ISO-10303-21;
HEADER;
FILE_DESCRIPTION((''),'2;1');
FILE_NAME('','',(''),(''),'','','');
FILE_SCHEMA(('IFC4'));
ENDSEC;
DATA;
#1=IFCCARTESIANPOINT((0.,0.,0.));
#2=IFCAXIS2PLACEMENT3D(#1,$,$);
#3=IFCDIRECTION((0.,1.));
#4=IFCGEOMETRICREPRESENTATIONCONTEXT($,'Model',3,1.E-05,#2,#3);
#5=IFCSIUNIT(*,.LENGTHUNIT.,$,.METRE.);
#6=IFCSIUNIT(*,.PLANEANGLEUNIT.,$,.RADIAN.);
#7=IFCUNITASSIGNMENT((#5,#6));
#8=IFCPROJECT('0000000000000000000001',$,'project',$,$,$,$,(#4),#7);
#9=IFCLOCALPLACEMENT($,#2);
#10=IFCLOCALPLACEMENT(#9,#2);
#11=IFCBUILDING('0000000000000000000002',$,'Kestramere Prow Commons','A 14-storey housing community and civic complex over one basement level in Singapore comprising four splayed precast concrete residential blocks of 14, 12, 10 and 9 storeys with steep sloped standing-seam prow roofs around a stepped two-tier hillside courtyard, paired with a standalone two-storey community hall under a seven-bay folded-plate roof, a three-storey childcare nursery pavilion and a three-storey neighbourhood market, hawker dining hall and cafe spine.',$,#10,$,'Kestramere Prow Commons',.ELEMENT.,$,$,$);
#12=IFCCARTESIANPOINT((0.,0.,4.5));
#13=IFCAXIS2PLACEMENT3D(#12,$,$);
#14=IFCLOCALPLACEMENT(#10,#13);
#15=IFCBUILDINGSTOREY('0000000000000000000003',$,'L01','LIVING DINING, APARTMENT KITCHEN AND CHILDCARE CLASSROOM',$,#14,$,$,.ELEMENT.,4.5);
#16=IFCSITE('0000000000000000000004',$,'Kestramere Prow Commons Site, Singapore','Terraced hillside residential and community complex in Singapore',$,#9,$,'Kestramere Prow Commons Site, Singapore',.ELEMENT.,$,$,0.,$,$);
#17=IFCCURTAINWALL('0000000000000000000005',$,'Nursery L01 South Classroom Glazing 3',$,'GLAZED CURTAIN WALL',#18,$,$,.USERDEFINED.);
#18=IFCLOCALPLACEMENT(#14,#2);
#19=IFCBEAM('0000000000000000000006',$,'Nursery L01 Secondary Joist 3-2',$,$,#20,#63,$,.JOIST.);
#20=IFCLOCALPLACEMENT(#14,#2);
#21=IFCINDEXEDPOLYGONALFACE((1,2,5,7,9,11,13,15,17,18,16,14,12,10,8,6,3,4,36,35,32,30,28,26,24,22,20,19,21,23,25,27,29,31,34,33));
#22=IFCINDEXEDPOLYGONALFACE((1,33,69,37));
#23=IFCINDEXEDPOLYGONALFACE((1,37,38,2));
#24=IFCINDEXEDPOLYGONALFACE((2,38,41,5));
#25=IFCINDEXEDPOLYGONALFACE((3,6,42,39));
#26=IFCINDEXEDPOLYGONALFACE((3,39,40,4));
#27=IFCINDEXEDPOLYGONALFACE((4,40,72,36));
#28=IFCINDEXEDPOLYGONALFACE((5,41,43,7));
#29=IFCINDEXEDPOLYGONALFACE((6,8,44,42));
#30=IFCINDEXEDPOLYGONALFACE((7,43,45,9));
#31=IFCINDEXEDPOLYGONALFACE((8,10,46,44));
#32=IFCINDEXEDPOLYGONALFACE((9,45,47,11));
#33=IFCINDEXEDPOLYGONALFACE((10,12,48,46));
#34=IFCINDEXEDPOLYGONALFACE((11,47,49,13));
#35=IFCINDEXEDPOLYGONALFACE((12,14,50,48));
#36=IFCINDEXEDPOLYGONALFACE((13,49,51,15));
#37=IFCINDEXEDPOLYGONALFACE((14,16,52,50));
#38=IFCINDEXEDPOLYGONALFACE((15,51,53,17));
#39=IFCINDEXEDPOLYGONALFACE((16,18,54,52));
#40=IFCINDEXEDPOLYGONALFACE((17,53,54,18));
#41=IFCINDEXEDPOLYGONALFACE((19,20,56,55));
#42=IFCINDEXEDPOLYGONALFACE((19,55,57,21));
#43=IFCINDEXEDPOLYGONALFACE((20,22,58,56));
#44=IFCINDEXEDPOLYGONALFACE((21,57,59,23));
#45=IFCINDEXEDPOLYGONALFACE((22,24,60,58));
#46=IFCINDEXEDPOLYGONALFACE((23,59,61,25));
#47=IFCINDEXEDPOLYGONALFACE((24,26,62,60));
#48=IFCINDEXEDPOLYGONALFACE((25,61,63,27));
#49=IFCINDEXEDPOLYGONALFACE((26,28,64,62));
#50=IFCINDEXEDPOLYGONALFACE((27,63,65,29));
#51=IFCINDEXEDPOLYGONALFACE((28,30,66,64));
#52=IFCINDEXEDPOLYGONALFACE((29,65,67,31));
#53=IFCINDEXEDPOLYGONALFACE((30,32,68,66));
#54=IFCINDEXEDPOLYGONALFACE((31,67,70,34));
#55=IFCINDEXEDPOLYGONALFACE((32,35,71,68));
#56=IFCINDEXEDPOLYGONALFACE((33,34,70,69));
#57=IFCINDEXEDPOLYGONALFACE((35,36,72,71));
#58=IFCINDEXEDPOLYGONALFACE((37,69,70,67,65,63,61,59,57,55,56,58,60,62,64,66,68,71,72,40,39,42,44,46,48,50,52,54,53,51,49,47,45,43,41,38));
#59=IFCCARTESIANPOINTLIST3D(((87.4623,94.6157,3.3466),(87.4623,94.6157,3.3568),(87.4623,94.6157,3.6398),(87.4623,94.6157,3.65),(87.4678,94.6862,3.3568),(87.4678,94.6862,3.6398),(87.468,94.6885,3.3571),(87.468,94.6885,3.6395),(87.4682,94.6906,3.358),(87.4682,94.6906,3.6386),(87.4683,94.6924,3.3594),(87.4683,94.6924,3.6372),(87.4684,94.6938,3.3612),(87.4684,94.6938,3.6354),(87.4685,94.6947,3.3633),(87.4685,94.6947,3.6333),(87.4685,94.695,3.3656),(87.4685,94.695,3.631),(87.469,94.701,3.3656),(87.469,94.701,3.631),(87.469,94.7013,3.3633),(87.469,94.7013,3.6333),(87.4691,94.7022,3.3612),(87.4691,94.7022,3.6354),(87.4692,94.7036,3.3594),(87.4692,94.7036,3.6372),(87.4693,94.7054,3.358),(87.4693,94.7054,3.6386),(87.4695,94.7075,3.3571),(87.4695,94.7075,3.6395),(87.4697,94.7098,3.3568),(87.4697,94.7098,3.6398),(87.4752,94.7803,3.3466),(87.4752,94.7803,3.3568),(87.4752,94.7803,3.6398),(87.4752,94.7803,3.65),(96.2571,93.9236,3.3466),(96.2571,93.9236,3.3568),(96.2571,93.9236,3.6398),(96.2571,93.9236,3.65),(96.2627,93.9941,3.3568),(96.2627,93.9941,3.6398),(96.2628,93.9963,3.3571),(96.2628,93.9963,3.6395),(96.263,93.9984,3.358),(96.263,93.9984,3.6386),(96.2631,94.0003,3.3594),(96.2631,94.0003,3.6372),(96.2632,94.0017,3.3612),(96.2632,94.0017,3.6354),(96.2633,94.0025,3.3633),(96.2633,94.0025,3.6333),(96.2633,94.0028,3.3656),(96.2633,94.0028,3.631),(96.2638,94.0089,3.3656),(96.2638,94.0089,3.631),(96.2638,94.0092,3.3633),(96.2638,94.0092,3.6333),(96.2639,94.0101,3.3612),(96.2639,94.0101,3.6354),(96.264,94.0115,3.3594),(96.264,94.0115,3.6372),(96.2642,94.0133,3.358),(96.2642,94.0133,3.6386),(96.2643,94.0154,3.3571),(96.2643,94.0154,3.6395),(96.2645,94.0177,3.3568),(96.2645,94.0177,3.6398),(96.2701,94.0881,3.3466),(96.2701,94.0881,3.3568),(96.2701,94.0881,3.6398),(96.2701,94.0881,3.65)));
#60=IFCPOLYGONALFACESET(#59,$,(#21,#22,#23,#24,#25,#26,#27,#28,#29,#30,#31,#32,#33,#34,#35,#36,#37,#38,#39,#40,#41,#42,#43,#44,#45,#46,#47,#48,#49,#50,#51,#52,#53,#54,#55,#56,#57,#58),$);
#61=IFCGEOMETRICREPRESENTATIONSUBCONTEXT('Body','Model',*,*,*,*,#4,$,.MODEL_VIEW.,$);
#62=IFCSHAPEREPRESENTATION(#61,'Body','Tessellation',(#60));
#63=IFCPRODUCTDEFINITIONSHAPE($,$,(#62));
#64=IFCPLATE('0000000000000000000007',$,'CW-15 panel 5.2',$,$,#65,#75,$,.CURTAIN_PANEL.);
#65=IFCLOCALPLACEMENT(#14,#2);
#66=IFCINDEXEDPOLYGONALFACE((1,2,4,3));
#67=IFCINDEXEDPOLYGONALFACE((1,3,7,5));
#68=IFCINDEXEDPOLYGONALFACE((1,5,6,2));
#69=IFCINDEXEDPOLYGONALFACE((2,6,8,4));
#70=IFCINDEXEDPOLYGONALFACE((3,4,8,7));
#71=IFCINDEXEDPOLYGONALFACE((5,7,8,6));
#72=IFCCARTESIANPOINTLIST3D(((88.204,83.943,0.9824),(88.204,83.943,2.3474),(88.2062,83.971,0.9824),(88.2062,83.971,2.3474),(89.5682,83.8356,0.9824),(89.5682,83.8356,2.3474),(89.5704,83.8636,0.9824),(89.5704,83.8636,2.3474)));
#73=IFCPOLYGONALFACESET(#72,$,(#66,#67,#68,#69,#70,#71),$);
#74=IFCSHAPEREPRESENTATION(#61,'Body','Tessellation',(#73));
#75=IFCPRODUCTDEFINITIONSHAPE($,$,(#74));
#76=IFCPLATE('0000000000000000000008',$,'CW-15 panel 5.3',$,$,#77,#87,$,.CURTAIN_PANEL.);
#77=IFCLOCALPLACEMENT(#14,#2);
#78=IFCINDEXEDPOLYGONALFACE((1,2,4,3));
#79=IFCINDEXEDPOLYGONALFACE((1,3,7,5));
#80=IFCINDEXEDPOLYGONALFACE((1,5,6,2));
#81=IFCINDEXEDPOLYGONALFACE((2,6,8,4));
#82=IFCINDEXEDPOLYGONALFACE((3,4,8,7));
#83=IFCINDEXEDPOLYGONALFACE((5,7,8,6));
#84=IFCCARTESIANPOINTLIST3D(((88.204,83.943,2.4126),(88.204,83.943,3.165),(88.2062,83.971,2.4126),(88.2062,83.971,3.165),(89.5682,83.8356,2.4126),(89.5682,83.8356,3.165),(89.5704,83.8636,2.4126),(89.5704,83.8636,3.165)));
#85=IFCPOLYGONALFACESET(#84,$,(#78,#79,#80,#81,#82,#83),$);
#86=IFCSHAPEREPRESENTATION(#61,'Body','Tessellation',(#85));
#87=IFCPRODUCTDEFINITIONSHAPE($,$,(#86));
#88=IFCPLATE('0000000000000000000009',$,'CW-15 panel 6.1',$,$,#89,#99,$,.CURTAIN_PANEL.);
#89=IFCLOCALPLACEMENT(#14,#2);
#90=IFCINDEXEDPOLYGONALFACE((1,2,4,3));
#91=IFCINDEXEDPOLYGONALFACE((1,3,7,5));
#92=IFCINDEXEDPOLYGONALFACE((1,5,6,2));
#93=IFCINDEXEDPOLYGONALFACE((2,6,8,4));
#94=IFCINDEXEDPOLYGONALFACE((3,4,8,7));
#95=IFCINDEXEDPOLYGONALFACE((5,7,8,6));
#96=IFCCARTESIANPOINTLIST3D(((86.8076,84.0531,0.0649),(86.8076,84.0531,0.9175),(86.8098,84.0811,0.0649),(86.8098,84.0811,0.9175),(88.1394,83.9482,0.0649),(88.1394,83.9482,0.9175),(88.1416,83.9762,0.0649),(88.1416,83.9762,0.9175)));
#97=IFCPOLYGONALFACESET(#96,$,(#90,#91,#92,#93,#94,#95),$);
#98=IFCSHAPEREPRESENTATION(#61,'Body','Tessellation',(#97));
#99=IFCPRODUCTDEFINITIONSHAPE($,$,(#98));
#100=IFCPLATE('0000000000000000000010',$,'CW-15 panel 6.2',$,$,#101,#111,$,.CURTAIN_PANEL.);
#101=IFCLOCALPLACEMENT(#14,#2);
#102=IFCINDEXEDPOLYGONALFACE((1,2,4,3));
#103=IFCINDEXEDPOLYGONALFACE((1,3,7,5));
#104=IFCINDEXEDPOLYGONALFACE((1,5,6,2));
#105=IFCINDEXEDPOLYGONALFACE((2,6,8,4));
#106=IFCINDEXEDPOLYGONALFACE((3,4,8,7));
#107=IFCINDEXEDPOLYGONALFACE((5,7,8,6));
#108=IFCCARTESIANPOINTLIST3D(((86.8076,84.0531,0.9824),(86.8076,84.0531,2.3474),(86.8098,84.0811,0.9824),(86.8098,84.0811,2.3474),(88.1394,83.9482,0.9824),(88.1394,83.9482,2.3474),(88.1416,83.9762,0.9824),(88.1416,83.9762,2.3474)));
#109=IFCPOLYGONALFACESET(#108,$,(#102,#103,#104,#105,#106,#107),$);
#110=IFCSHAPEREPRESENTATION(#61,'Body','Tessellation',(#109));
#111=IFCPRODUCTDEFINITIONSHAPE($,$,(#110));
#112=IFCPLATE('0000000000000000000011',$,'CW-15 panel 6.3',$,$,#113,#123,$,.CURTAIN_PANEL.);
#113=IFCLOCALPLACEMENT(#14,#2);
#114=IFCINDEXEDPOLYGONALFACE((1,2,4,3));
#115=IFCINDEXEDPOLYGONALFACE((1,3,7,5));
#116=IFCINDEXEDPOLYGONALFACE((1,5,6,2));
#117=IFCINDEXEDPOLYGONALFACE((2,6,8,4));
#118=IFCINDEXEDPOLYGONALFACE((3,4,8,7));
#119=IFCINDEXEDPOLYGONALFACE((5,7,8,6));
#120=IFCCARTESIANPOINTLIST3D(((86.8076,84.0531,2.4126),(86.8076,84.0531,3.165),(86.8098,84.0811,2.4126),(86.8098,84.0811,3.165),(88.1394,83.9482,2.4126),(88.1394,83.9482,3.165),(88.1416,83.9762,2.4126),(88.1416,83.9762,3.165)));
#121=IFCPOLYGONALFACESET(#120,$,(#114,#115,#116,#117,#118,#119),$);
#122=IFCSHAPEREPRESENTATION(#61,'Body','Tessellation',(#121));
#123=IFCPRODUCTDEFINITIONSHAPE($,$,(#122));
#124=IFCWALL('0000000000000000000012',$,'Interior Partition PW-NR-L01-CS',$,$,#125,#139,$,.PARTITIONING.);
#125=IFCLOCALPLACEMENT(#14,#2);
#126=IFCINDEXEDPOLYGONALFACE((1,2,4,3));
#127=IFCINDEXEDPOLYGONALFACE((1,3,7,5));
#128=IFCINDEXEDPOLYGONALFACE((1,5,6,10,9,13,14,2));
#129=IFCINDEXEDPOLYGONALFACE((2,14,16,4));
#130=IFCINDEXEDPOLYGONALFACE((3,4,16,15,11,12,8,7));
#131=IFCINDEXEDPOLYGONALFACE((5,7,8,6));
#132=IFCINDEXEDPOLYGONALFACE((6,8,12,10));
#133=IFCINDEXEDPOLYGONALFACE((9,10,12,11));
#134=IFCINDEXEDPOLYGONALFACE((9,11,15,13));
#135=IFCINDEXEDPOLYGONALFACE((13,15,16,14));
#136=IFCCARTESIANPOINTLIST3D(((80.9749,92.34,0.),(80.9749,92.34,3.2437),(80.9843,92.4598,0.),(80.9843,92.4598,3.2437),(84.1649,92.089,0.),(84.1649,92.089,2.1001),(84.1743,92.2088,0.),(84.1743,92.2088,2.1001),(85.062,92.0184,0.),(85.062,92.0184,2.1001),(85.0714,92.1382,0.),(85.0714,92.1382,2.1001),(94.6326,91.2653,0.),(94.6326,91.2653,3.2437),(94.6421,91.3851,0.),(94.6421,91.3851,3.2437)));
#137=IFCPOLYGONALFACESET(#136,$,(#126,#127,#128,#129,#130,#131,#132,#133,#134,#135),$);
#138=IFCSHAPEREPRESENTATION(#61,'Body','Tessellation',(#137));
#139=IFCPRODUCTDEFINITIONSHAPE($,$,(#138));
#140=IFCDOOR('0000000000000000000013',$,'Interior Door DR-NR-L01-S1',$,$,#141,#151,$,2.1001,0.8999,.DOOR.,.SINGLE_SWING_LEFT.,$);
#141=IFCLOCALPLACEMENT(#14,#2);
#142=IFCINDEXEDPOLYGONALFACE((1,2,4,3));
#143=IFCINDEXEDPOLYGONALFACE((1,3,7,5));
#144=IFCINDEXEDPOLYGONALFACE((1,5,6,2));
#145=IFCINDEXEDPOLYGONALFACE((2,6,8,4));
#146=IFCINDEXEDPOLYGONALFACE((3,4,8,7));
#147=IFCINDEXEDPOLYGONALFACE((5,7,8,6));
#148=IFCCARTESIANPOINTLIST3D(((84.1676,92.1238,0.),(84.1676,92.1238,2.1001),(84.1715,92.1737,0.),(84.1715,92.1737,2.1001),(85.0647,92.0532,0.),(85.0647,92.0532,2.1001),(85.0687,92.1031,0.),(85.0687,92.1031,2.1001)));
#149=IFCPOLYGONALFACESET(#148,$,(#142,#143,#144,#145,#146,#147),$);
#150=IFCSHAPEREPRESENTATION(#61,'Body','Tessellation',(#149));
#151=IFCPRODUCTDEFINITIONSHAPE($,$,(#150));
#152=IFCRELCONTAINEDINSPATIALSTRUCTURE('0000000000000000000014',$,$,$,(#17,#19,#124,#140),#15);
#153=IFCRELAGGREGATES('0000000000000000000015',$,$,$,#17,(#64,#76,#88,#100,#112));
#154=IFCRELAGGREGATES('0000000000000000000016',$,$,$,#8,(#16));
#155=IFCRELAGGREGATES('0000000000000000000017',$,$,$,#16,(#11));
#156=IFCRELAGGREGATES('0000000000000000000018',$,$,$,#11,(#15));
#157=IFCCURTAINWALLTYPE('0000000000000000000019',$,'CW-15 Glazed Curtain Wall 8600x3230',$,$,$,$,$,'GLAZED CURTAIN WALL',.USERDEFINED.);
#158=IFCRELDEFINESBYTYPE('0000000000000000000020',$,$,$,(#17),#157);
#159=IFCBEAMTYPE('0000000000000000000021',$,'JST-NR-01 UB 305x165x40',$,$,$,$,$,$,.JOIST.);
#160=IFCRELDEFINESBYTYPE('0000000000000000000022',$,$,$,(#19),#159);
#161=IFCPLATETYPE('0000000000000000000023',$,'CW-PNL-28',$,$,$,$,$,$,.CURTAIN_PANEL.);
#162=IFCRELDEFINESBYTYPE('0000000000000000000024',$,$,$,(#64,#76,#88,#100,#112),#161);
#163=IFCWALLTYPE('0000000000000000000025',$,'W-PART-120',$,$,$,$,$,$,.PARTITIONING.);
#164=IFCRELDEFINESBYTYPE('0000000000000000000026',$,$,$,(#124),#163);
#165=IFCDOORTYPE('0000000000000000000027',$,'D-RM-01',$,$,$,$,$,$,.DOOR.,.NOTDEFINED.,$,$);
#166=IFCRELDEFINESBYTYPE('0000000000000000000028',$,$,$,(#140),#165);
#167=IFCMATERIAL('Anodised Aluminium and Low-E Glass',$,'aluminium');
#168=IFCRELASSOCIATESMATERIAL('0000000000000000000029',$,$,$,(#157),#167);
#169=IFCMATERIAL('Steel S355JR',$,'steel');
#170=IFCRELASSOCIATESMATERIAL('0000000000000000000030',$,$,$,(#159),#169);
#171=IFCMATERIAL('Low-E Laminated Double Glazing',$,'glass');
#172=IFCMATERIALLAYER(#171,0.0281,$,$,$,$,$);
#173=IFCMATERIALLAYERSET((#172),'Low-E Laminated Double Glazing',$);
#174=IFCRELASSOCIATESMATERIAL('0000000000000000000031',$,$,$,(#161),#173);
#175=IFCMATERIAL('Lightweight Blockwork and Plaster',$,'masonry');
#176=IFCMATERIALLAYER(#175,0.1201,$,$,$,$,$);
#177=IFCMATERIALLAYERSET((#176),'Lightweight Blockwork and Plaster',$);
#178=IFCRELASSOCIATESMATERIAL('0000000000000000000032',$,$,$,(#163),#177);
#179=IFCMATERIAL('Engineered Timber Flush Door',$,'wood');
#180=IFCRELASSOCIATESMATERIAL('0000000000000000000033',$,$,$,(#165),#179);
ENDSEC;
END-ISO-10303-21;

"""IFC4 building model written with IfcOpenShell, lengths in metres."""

from ifc_helpers import new_model, si_unit, direction, frame, frame_2d, origin, origin_2d, place, context, subcontext, project, spatial, rectangle, i_section, extrude, material, layer, layer_set, material_profile, profile_set, type_object, element, fill, aggregate, save


model = new_model("IFC4")

# Units and contexts
model_context = context("Model", 3, precision=1e-05, world=origin(), true_north=direction((0.0, 1.0)))
body_context = subcontext(model_context, "Body", "Model", "MODEL_VIEW")
ifc_project = project(units=[si_unit("LENGTHUNIT", "METRE"), si_unit("PLANEANGLEUNIT", "RADIAN")], contexts=[model_context])

# Site, building, storey
site_placement = place(None, origin())
site = spatial("IfcSite", under=ifc_project, at=site_placement, Name="Kestramere Prow Commons Site, Singapore", Description="Terraced hillside residential and community complex in Singapore", LongName="Kestramere Prow Commons Site, Singapore", CompositionType="ELEMENT", RefElevation=0.0)
building_placement = place(site_placement, origin())
building = spatial("IfcBuilding", under=site, at=building_placement, Name="Kestramere Prow Commons", Description="A 14-storey housing community and civic complex over one basement level in Singapore comprising four splayed precast concrete residential blocks of 14, 12, 10 and 9 storeys with steep sloped standing-seam prow roofs around a stepped two-tier hillside courtyard, paired with a standalone two-storey community hall under a seven-bay folded-plate roof, a three-storey childcare nursery pavilion and a three-storey neighbourhood market, hawker dining hall and cafe spine.", LongName="Kestramere Prow Commons", CompositionType="ELEMENT")
storey_placement = place(building_placement, frame((0.0, 0.0, 4.5)))
storey = spatial("IfcBuildingStorey", under=building, at=storey_placement, Name="L01", Description="LIVING DINING, APARTMENT KITCHEN AND CHILDCARE CLASSROOM", CompositionType="ELEMENT", Elevation=4.5)

# Shared definitions
ifc_material_1 = material(Name="Steel S355JR", Category="steel")

# Curtain wall
ifc_material_2 = material(Name="Anodised Aluminium and Low-E Glass", Category="aluminium")
curtain_wall_type = type_object("IfcCurtainWallType", Name="CW-15 Glazed Curtain Wall 8600x3230", ElementType="GLAZED CURTAIN WALL", PredefinedType="USERDEFINED", material=ifc_material_2)
curtain_wall_placement = place(storey_placement, origin())
curtain_wall = element("IfcCurtainWall", 1, at=curtain_wall_placement, inside=storey, type_object=curtain_wall_type, Name="Nursery L01 South Classroom Glazing 3", ObjectType="GLAZED CURTAIN WALL", PredefinedType="USERDEFINED")

# Beam
ifc_material_profile_1 = material_profile(ifc_material_1, i_section(OverallWidth=0.165, OverallDepth=0.3035, WebThickness=0.0061, FlangeThickness=0.0103, FilletRadius=0.0088, at=origin_2d()), Name="UB 305x165x40")
ifc_profile_set_1 = profile_set([ifc_material_profile_1], Name="Steel S355JR")
beam_type_1 = type_object("IfcBeamType", Name="JST-NR-01 UB 305x165x40", PredefinedType="JOIST", material=ifc_profile_set_1)
beam_1_placement = place(storey_placement, frame((87.4688, 94.698, 3.4983), z_axis=(0.996918, -0.078455, 0.0), x_axis=(0.078455, 0.996918, 0.0)))
element("IfcBeam", 2, at=beam_1_placement, inside=storey, type_object=beam_type_1, Name="Nursery L01 Secondary Joist 3-2", PredefinedType="JOIST", context=body_context, shape_type="SweptSolid", body=[
    extrude(i_section(OverallWidth=0.165, OverallDepth=0.3035, WebThickness=0.0061, FlangeThickness=0.0103, FilletRadius=0.0088, at=origin_2d()), origin(), (0.0, 0.0, 1.0), 8.822),
])

# Plates
ifc_material_3 = material(Name="Low-E Laminated Double Glazing", Category="glass")
ifc_layer_1 = layer(ifc_material_3, 0.0281)
ifc_layer_set_1 = layer_set([ifc_layer_1], Name="Low-E Laminated Double Glazing")
plate_type = type_object("IfcPlateType", Name="CW-PNL-28", PredefinedType="CURTAIN_PANEL", material=ifc_layer_set_1)
plate_1_placement = place(storey_placement, frame((88.8872, 83.9033, 0.9824), z_axis=(0.0, 0.0, 1.0), x_axis=(-0.996917, 0.078459, 0.0)))
plate_1 = element("IfcPlate", 3, at=plate_1_placement, type_object=plate_type, Name="CW-15 panel 5.2", PredefinedType="CURTAIN_PANEL", context=body_context, shape_type="SweptSolid", body=[
    extrude(rectangle(XDim=1.3684, YDim=0.0281, at=origin_2d()), origin(), (0.0, 0.0, 1.0), 1.365),
])
plate_2_placement = place(storey_placement, frame((88.8872, 83.9033, 2.4126), z_axis=(0.0, 0.0, 1.0), x_axis=(-0.996917, 0.078459, 0.0)))
plate_2 = element("IfcPlate", 4, at=plate_2_placement, type_object=plate_type, Name="CW-15 panel 5.3", PredefinedType="CURTAIN_PANEL", context=body_context, shape_type="SweptSolid", body=[
    extrude(rectangle(XDim=1.3684, YDim=0.0281, at=origin_2d()), origin(), (0.0, 0.0, 1.0), 0.7524),
])
plate_3_placement = place(storey_placement, frame((87.4746, 84.0146, 0.0649), z_axis=(0.0, 0.0, 1.0), x_axis=(-0.996917, 0.078459, 0.0)))
plate_3 = element("IfcPlate", 5, at=plate_3_placement, type_object=plate_type, Name="CW-15 panel 6.1", PredefinedType="CURTAIN_PANEL", context=body_context, shape_type="SweptSolid", body=[
    extrude(rectangle(XDim=1.3359, YDim=0.0281, at=origin_2d()), origin(), (0.0, 0.0, 1.0), 0.8525),
])
plate_4_placement = place(storey_placement, frame((87.4746, 84.0146, 0.9824), z_axis=(0.0, 0.0, 1.0), x_axis=(-0.996917, 0.078459, 0.0)))
plate_4 = element("IfcPlate", 6, at=plate_4_placement, type_object=plate_type, Name="CW-15 panel 6.2", PredefinedType="CURTAIN_PANEL", context=body_context, shape_type="SweptSolid", body=[
    extrude(rectangle(XDim=1.3359, YDim=0.0281, at=origin_2d()), origin(), (0.0, 0.0, 1.0), 1.365),
])
plate_5_placement = place(storey_placement, frame((87.4746, 84.0146, 2.4126), z_axis=(0.0, 0.0, 1.0), x_axis=(-0.996917, 0.078459, 0.0)))
plate_5 = element("IfcPlate", 7, at=plate_5_placement, type_object=plate_type, Name="CW-15 panel 6.3", PredefinedType="CURTAIN_PANEL", context=body_context, shape_type="SweptSolid", body=[
    extrude(rectangle(XDim=1.3359, YDim=0.0281, at=origin_2d()), origin(), (0.0, 0.0, 1.0), 0.7524),
])
aggregate(curtain_wall, [plate_1, plate_2, plate_3, plate_4, plate_5])

# Wall, opening, door
ifc_material_4 = material(Name="Lightweight Blockwork and Plaster", Category="masonry")
ifc_layer_2 = layer(ifc_material_4, 0.1201)
ifc_layer_set_2 = layer_set([ifc_layer_2], Name="Lightweight Blockwork and Plaster")
wall_type_1 = type_object("IfcWallType", Name="W-PART-120", PredefinedType="PARTITIONING", material=ifc_layer_set_2)
wall_1_placement = place(storey_placement, frame((80.9795, 92.3999, 0.0), z_axis=(0.0, 0.0, 1.0), x_axis=(0.996918, -0.078446, 0.0)))
wall_1 = element("IfcWall", 8, at=wall_1_placement, inside=storey, type_object=wall_type_1, Name="Interior Partition PW-NR-L01-CS", PredefinedType="PARTITIONING", context=body_context, shape_type="SweptSolid", body=[
    extrude(rectangle(XDim=13.7, YDim=0.1201, at=frame_2d((6.8501, 0.0))), origin(), (0.0, 0.0, 1.0), 3.2437),
])
opening_1_placement = place(wall_1_placement, frame((3.2, 0.0, 0.0)))
opening_1 = element("IfcOpeningElement", 9, at=opening_1_placement, cuts=wall_1, PredefinedType="OPENING", context=body_context, shape_type="SweptSolid", body=[
    extrude(rectangle(XDim=0.8999, YDim=2.1001, at=frame_2d((0.45, 1.05))), frame((0.0, 0.075, 0.0), z_axis=(0.0, -1.0, 0.0), x_axis=(1.0, 0.0, 0.0)), (0.0, 0.0, 1.0), 0.1501),
])
ifc_material_5 = material(Name="Engineered Timber Flush Door", Category="wood")
door_type_1 = type_object("IfcDoorType", Name="D-RM-01", OperationType="NOTDEFINED", PredefinedType="DOOR", material=ifc_material_5)
door_1_placement = place(opening_1_placement, origin())
door_1 = element("IfcDoor", 10, at=door_1_placement, inside=storey, type_object=door_type_1, Name="Interior Door DR-NR-L01-S1", OperationType="SINGLE_SWING_LEFT", OverallHeight=2.1001, OverallWidth=0.8999, PredefinedType="DOOR", context=body_context, shape_type="SweptSolid", body=[
    extrude(rectangle(XDim=0.8999, YDim=2.1001, at=frame_2d((0.45, 1.05))), frame((0.0, 0.0249, 0.0), z_axis=(0.0, -1.0, 0.0), x_axis=(1.0, 0.0, 0.0)), (0.0, 0.0, 1.0), 0.05),
])
fill(opening_1, door_1)

save(model, "model.ifc")
